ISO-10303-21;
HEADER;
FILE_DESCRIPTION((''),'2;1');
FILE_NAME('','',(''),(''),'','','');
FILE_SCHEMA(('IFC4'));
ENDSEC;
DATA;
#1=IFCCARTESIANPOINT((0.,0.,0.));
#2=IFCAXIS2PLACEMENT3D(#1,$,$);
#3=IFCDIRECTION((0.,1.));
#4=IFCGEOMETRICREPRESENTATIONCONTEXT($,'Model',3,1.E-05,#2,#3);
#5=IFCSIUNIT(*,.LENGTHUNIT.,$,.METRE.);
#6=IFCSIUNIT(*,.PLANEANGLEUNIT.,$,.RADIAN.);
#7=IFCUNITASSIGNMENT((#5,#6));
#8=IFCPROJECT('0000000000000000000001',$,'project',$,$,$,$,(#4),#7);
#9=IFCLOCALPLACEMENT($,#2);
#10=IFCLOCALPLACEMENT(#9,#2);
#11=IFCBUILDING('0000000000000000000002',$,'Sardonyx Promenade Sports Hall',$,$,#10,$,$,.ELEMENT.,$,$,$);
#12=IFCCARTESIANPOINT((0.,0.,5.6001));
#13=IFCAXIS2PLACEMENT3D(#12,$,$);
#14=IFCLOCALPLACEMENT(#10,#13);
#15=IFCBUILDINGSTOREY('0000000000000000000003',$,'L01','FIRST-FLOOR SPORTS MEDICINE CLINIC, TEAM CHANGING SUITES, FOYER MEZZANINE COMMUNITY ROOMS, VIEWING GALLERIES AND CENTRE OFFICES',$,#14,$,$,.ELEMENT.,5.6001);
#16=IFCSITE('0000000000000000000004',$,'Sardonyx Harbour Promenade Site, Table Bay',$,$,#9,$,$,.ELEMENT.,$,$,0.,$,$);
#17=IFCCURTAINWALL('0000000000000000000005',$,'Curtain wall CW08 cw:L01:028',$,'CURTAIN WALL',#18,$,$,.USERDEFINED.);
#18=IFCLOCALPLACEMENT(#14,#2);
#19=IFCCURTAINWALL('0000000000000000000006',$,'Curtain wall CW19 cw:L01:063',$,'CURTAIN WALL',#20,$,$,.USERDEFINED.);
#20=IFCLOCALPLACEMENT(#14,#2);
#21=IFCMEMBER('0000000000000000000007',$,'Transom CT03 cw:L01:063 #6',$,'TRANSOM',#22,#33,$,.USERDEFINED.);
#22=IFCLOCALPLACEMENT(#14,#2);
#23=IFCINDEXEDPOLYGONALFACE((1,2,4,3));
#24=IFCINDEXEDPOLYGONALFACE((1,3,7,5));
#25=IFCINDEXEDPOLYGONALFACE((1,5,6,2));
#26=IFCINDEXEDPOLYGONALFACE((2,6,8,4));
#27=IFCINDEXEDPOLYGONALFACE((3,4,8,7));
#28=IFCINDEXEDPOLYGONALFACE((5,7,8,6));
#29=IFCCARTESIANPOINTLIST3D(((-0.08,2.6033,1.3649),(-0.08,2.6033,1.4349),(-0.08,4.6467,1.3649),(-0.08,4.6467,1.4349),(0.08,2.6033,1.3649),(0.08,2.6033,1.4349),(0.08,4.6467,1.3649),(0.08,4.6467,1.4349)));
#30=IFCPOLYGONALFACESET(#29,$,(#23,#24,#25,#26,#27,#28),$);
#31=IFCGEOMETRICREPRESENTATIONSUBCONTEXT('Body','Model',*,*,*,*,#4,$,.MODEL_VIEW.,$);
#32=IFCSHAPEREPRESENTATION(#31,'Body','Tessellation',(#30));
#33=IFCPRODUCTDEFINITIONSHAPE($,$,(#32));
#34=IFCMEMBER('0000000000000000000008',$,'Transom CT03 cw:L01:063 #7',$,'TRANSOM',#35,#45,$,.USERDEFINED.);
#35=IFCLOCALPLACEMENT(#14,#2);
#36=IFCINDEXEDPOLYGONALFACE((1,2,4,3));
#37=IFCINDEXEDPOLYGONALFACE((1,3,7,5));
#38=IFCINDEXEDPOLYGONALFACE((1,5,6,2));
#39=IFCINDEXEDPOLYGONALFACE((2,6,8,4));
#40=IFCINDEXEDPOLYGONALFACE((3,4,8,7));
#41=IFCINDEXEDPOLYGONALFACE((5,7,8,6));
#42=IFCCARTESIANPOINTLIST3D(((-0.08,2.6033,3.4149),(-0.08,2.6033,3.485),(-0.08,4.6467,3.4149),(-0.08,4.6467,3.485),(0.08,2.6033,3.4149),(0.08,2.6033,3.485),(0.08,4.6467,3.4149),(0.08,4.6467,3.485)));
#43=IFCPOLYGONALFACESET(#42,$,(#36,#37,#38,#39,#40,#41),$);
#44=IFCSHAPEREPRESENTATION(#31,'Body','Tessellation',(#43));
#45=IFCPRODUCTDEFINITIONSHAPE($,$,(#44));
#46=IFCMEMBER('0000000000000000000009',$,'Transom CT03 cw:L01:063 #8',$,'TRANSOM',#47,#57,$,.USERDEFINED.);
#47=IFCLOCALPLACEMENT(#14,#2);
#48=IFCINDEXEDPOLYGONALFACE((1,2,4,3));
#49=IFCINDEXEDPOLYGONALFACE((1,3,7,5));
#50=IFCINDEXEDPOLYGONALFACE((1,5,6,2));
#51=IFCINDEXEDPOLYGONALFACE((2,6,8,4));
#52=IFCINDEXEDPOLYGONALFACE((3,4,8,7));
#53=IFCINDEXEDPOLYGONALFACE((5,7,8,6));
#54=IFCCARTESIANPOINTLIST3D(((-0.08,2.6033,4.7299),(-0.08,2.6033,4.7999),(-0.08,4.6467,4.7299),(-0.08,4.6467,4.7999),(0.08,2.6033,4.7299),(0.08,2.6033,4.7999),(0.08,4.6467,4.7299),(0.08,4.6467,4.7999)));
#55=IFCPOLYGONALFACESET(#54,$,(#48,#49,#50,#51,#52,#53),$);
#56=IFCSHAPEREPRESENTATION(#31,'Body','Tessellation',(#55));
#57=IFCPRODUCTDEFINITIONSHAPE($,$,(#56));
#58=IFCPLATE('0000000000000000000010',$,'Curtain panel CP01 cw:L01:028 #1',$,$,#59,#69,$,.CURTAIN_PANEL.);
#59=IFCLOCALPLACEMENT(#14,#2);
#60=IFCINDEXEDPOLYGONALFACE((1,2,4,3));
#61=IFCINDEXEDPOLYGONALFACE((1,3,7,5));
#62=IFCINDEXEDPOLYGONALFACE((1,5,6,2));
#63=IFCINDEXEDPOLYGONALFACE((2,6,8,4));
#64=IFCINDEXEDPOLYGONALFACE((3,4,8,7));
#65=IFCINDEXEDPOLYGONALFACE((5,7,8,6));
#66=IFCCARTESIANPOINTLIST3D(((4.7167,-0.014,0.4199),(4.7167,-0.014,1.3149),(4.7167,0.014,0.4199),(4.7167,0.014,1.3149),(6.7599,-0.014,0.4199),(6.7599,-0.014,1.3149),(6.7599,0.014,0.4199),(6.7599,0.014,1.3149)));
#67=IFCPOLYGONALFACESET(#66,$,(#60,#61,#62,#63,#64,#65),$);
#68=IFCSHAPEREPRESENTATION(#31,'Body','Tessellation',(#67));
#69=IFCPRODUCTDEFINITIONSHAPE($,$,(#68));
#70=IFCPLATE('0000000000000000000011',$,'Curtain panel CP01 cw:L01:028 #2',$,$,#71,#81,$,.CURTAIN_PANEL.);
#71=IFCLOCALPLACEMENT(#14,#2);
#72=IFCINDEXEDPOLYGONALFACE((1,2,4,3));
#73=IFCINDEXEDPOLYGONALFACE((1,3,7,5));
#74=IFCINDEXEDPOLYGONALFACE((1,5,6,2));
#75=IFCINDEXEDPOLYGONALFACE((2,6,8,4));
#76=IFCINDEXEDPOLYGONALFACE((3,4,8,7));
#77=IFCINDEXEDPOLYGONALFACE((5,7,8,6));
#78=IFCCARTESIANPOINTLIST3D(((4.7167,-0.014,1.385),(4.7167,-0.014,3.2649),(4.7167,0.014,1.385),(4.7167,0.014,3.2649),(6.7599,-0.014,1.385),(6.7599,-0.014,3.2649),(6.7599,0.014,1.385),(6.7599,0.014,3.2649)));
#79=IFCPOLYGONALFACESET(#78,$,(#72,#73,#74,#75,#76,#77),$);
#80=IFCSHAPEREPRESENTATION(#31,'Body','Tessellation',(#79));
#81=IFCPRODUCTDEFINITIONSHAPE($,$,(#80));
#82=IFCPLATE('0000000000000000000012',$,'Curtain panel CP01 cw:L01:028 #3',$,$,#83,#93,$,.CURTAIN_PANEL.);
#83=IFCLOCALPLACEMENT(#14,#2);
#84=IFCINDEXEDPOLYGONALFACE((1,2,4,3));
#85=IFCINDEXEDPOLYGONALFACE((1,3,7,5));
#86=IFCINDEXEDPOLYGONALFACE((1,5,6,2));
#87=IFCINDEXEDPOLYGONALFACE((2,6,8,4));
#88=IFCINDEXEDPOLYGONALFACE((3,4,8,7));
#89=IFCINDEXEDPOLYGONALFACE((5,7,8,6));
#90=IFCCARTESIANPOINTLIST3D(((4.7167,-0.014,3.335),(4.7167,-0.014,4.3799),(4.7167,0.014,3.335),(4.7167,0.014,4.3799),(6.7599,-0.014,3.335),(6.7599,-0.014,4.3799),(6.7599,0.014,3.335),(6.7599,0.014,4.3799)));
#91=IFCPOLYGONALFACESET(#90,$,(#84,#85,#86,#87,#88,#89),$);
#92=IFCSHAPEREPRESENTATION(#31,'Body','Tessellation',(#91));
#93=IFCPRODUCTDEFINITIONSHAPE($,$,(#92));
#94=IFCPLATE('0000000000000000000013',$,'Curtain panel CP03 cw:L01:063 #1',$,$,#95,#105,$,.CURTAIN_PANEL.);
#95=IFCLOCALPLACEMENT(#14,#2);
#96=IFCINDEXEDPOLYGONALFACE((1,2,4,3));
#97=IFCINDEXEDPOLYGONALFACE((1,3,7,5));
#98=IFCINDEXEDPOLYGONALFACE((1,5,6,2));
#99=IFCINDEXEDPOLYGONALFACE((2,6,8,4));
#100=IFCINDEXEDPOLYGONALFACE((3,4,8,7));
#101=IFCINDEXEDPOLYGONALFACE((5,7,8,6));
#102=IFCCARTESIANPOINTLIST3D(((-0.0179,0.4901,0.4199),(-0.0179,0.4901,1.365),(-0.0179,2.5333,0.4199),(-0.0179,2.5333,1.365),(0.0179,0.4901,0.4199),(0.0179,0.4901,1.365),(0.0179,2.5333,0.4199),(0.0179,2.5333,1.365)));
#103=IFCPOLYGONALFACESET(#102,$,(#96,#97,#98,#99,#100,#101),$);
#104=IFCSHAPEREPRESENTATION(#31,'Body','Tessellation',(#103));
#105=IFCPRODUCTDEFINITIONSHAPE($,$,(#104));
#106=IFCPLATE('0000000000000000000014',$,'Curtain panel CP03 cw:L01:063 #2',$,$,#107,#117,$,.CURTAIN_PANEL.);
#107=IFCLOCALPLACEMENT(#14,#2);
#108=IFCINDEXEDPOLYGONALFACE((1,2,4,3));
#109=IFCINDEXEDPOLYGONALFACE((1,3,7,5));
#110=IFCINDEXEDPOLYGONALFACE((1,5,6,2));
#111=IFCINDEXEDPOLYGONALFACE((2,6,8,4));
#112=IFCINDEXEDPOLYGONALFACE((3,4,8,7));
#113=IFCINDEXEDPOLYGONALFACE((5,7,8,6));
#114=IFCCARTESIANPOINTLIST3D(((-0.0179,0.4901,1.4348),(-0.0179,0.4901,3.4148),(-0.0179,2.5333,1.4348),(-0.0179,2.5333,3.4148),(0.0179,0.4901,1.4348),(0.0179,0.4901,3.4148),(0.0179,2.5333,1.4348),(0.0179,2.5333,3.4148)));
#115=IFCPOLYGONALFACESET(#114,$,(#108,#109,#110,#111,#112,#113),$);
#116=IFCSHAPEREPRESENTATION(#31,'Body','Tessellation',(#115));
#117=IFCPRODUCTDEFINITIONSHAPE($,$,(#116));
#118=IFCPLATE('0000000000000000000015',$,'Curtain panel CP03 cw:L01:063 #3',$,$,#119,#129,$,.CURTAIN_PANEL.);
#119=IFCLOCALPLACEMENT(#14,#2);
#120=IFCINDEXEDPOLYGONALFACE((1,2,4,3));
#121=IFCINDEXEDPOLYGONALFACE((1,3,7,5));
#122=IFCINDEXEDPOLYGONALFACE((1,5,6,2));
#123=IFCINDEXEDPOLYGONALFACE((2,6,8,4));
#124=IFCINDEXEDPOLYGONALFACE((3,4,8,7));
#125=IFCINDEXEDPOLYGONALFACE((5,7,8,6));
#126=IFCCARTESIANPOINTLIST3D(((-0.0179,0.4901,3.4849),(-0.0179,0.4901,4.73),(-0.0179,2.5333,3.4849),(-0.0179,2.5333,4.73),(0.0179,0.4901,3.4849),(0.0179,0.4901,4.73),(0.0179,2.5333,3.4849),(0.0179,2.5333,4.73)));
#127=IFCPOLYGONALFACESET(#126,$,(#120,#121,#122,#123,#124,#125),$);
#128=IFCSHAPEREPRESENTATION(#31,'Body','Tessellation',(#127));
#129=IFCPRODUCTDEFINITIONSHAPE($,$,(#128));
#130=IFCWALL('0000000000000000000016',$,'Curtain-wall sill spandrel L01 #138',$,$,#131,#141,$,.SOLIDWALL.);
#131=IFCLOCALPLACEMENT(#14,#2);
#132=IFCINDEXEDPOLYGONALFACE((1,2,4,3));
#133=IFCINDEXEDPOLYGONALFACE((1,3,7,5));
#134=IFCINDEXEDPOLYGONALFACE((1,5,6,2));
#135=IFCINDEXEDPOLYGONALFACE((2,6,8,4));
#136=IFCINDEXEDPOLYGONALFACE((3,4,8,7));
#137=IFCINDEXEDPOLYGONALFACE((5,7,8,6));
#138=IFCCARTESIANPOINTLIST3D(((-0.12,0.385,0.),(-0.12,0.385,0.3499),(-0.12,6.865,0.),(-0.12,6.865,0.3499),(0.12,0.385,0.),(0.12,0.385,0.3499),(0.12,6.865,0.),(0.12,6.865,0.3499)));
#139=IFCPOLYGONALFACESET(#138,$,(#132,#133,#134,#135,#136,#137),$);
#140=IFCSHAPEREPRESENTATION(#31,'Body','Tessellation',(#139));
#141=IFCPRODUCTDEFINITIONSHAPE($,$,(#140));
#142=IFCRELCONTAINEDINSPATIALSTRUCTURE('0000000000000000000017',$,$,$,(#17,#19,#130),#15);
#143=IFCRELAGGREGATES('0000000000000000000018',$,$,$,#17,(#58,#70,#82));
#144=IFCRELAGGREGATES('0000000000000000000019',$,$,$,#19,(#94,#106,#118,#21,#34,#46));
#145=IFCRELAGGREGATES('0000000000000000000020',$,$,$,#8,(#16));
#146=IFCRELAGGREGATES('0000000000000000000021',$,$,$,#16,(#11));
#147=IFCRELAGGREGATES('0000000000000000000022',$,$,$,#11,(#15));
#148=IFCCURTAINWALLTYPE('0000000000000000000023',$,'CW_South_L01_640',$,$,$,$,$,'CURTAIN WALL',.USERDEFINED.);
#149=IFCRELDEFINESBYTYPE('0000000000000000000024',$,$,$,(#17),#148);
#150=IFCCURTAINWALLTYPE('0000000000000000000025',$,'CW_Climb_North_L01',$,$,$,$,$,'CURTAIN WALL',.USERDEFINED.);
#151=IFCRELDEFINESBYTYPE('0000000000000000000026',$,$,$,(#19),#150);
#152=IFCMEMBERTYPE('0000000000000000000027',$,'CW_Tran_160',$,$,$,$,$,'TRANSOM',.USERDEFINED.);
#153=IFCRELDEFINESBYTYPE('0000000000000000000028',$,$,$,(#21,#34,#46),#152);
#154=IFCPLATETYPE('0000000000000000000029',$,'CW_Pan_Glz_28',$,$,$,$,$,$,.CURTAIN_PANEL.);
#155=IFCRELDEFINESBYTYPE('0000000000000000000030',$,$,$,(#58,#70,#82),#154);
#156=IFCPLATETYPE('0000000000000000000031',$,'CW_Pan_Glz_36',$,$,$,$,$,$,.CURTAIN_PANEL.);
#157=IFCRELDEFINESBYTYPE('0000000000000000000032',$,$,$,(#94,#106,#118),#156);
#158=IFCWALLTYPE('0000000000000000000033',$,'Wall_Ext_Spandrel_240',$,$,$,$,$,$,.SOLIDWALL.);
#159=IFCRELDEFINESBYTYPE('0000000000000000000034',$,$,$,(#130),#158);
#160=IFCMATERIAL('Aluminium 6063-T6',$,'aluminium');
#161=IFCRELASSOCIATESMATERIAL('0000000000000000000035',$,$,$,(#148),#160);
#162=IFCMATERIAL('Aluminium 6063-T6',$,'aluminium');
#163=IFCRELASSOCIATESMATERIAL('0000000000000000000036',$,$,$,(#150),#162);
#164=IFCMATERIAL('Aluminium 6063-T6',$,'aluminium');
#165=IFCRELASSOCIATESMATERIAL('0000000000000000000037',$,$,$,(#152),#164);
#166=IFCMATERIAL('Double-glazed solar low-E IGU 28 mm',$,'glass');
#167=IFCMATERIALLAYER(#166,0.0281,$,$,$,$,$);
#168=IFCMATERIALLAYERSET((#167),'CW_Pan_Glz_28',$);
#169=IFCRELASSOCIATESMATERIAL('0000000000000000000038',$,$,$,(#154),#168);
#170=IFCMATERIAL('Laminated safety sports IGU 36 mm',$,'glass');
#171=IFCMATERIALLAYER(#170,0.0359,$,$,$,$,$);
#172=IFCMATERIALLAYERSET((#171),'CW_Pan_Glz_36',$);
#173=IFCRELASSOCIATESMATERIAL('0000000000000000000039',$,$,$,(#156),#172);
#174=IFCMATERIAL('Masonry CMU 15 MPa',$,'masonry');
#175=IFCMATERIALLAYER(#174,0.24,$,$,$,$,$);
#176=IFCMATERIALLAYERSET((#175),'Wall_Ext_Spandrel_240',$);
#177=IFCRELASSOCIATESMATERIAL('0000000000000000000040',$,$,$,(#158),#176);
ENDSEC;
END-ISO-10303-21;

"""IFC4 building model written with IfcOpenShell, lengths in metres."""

from ifc_helpers import new_model, si_unit, direction, frame, frame_2d, origin, origin_2d, place, context, subcontext, project, spatial, rectangle, extrude, material, layer, layer_set, material_profile, profile_set, type_object, element, aggregate, save


model = new_model("IFC4")

# Units and contexts
model_context = context("Model", 3, precision=1e-05, world=origin(), true_north=direction((0.0, 1.0)))
body_context = subcontext(model_context, "Body", "Model", "MODEL_VIEW")
ifc_project = project(units=[si_unit("LENGTHUNIT", "METRE"), si_unit("PLANEANGLEUNIT", "RADIAN")], contexts=[model_context])

# Site, building, storey
site_placement = place(None, origin())
site = spatial("IfcSite", under=ifc_project, at=site_placement, Name="Sardonyx Harbour Promenade Site, Table Bay", CompositionType="ELEMENT", RefElevation=0.0)
building_placement = place(site_placement, origin())
building = spatial("IfcBuilding", under=site, at=building_placement, Name="Sardonyx Promenade Sports Hall", CompositionType="ELEMENT")
storey_placement = place(building_placement, frame((0.0, 0.0, 5.6001)))
storey = spatial("IfcBuildingStorey", under=building, at=storey_placement, Name="L01", Description="FIRST-FLOOR SPORTS MEDICINE CLINIC, TEAM CHANGING SUITES, FOYER MEZZANINE COMMUNITY ROOMS, VIEWING GALLERIES AND CENTRE OFFICES", CompositionType="ELEMENT", Elevation=5.6001)

# Curtain walls
ifc_material_1 = material(Name="Aluminium 6063-T6", Category="aluminium")
curtain_wall_type_1 = type_object("IfcCurtainWallType", Name="CW_South_L01_640", ElementType="CURTAIN WALL", PredefinedType="USERDEFINED", material=ifc_material_1)
curtain_wall_1_placement = place(storey_placement, origin())
curtain_wall_1 = element("IfcCurtainWall", 1, at=curtain_wall_1_placement, inside=storey, type_object=curtain_wall_type_1, Name="Curtain wall CW08 cw:L01:028", ObjectType="CURTAIN WALL", PredefinedType="USERDEFINED")
ifc_material_2 = material(Name="Aluminium 6063-T6", Category="aluminium")
curtain_wall_type_2 = type_object("IfcCurtainWallType", Name="CW_Climb_North_L01", ElementType="CURTAIN WALL", PredefinedType="USERDEFINED", material=ifc_material_2)
curtain_wall_2_placement = place(storey_placement, origin())
curtain_wall_2 = element("IfcCurtainWall", 2, at=curtain_wall_2_placement, inside=storey, type_object=curtain_wall_type_2, Name="Curtain wall CW19 cw:L01:063", ObjectType="CURTAIN WALL", PredefinedType="USERDEFINED")

# Members
ifc_material_3 = material(Name="Aluminium 6063-T6", Category="aluminium")
ifc_material_profile_1 = material_profile(ifc_material_3, rectangle(XDim=0.0701, YDim=0.1599, at=origin_2d()))
ifc_profile_set_1 = profile_set([ifc_material_profile_1], Name="Aluminium 6063-T6")
member_type_1 = type_object("IfcMemberType", Name="CW_Tran_160", ElementType="TRANSOM", PredefinedType="USERDEFINED", material=ifc_profile_set_1)
member_1_placement = place(storey_placement, frame((0.0, 2.6033, 1.3999), z_axis=(0.0, 1.0, 0.0), x_axis=(0.0, 0.0, 1.0)))
member_1 = element("IfcMember", 3, at=member_1_placement, type_object=member_type_1, Name="Transom CT03 cw:L01:063 #6", ObjectType="TRANSOM", PredefinedType="USERDEFINED", context=body_context, shape_type="SweptSolid", body=[
    extrude(rectangle(XDim=0.0701, YDim=0.1599, at=origin_2d()), origin(), (0.0, 0.0, 1.0), 2.0435),
])
member_2_placement = place(storey_placement, frame((0.0, 2.6033, 3.45), z_axis=(0.0, 1.0, 0.0), x_axis=(0.0, 0.0, 1.0)))
member_2 = element("IfcMember", 4, at=member_2_placement, type_object=member_type_1, Name="Transom CT03 cw:L01:063 #7", ObjectType="TRANSOM", PredefinedType="USERDEFINED", context=body_context, shape_type="SweptSolid", body=[
    extrude(rectangle(XDim=0.0701, YDim=0.1599, at=origin_2d()), origin(), (0.0, 0.0, 1.0), 2.0435),
])
member_3_placement = place(storey_placement, frame((0.0, 2.6033, 4.7649), z_axis=(0.0, 1.0, 0.0), x_axis=(0.0, 0.0, 1.0)))
member_3 = element("IfcMember", 5, at=member_3_placement, type_object=member_type_1, Name="Transom CT03 cw:L01:063 #8", ObjectType="TRANSOM", PredefinedType="USERDEFINED", context=body_context, shape_type="SweptSolid", body=[
    extrude(rectangle(XDim=0.0701, YDim=0.1599, at=origin_2d()), origin(), (0.0, 0.0, 1.0), 2.0435),
])

# Plates
ifc_material_4 = material(Name="Double-glazed solar low-E IGU 28 mm", Category="glass")
ifc_layer_1 = layer(ifc_material_4, 0.0281)
ifc_layer_set_1 = layer_set([ifc_layer_1], Name="CW_Pan_Glz_28")
plate_type_1 = type_object("IfcPlateType", Name="CW_Pan_Glz_28", PredefinedType="CURTAIN_PANEL", material=ifc_layer_set_1)
plate_1_placement = place(storey_placement, frame((5.7383, 0.0, 0.4199), z_axis=(0.0, 0.0, 1.0), x_axis=(-1.0, 0.0, 0.0)))
plate_1 = element("IfcPlate", 6, at=plate_1_placement, type_object=plate_type_1, Name="Curtain panel CP01 cw:L01:028 #1", PredefinedType="CURTAIN_PANEL", context=body_context, shape_type="SweptSolid", body=[
    extrude(rectangle(XDim=2.0432, YDim=0.0281, at=origin_2d()), origin(), (0.0, 0.0, 1.0), 0.895),
])
plate_2_placement = place(storey_placement, frame((5.7383, 0.0, 1.385), z_axis=(0.0, 0.0, 1.0), x_axis=(-1.0, 0.0, 0.0)))
plate_2 = element("IfcPlate", 7, at=plate_2_placement, type_object=plate_type_1, Name="Curtain panel CP01 cw:L01:028 #2", PredefinedType="CURTAIN_PANEL", context=body_context, shape_type="SweptSolid", body=[
    extrude(rectangle(XDim=2.0432, YDim=0.0281, at=origin_2d()), origin(), (0.0, 0.0, 1.0), 1.8799),
])
plate_3_placement = place(storey_placement, frame((5.7383, 0.0, 3.335), z_axis=(0.0, 0.0, 1.0), x_axis=(-1.0, 0.0, 0.0)))
plate_3 = element("IfcPlate", 8, at=plate_3_placement, type_object=plate_type_1, Name="Curtain panel CP01 cw:L01:028 #3", PredefinedType="CURTAIN_PANEL", context=body_context, shape_type="SweptSolid", body=[
    extrude(rectangle(XDim=2.0432, YDim=0.0281, at=origin_2d()), origin(), (0.0, 0.0, 1.0), 1.0449),
])
aggregate(curtain_wall_1, [plate_1, plate_2, plate_3])
ifc_material_5 = material(Name="Laminated safety sports IGU 36 mm", Category="glass")
ifc_layer_2 = layer(ifc_material_5, 0.0359)
ifc_layer_set_2 = layer_set([ifc_layer_2], Name="CW_Pan_Glz_36")
plate_type_2 = type_object("IfcPlateType", Name="CW_Pan_Glz_36", PredefinedType="CURTAIN_PANEL", material=ifc_layer_set_2)
plate_4_placement = place(storey_placement, frame((0.0, 1.5117, 0.4199), z_axis=(0.0, 0.0, 1.0), x_axis=(0.0, 1.0, 0.0)))
plate_4 = element("IfcPlate", 9, at=plate_4_placement, type_object=plate_type_2, Name="Curtain panel CP03 cw:L01:063 #1", PredefinedType="CURTAIN_PANEL", context=body_context, shape_type="SweptSolid", body=[
    extrude(rectangle(XDim=2.0432, YDim=0.0359, at=origin_2d()), origin(), (0.0, 0.0, 1.0), 0.9451),
])
plate_5_placement = place(storey_placement, frame((0.0, 1.5117, 1.4348), z_axis=(0.0, 0.0, 1.0), x_axis=(0.0, 1.0, 0.0)))
plate_5 = element("IfcPlate", 10, at=plate_5_placement, type_object=plate_type_2, Name="Curtain panel CP03 cw:L01:063 #2", PredefinedType="CURTAIN_PANEL", context=body_context, shape_type="SweptSolid", body=[
    extrude(rectangle(XDim=2.0432, YDim=0.0359, at=origin_2d()), origin(), (0.0, 0.0, 1.0), 1.98),
])
plate_6_placement = place(storey_placement, frame((0.0, 1.5117, 3.4849), z_axis=(0.0, 0.0, 1.0), x_axis=(0.0, 1.0, 0.0)))
plate_6 = element("IfcPlate", 11, at=plate_6_placement, type_object=plate_type_2, Name="Curtain panel CP03 cw:L01:063 #3", PredefinedType="CURTAIN_PANEL", context=body_context, shape_type="SweptSolid", body=[
    extrude(rectangle(XDim=2.0432, YDim=0.0359, at=origin_2d()), origin(), (0.0, 0.0, 1.0), 1.2451),
])
aggregate(curtain_wall_2, [plate_4, plate_5, plate_6, member_1, member_2, member_3])

# Wall
ifc_material_6 = material(Name="Masonry CMU 15 MPa", Category="masonry")
ifc_layer_3 = layer(ifc_material_6, 0.24)
ifc_layer_set_3 = layer_set([ifc_layer_3], Name="Wall_Ext_Spandrel_240")
wall_type = type_object("IfcWallType", Name="Wall_Ext_Spandrel_240", PredefinedType="SOLIDWALL", material=ifc_layer_set_3)
wall_placement = place(storey_placement, frame((0.0, 0.385, 0.0), z_axis=(0.0, 0.0, 1.0), x_axis=(0.0, 1.0, 0.0)))
element("IfcWall", 12, at=wall_placement, inside=storey, type_object=wall_type, Name="Curtain-wall sill spandrel L01 #138", PredefinedType="SOLIDWALL", context=body_context, shape_type="SweptSolid", body=[
    extrude(rectangle(XDim=6.48, YDim=0.24, at=frame_2d((3.24, 0.0))), origin(), (0.0, 0.0, 1.0), 0.3499),
])

save(model, "model.ifc")
